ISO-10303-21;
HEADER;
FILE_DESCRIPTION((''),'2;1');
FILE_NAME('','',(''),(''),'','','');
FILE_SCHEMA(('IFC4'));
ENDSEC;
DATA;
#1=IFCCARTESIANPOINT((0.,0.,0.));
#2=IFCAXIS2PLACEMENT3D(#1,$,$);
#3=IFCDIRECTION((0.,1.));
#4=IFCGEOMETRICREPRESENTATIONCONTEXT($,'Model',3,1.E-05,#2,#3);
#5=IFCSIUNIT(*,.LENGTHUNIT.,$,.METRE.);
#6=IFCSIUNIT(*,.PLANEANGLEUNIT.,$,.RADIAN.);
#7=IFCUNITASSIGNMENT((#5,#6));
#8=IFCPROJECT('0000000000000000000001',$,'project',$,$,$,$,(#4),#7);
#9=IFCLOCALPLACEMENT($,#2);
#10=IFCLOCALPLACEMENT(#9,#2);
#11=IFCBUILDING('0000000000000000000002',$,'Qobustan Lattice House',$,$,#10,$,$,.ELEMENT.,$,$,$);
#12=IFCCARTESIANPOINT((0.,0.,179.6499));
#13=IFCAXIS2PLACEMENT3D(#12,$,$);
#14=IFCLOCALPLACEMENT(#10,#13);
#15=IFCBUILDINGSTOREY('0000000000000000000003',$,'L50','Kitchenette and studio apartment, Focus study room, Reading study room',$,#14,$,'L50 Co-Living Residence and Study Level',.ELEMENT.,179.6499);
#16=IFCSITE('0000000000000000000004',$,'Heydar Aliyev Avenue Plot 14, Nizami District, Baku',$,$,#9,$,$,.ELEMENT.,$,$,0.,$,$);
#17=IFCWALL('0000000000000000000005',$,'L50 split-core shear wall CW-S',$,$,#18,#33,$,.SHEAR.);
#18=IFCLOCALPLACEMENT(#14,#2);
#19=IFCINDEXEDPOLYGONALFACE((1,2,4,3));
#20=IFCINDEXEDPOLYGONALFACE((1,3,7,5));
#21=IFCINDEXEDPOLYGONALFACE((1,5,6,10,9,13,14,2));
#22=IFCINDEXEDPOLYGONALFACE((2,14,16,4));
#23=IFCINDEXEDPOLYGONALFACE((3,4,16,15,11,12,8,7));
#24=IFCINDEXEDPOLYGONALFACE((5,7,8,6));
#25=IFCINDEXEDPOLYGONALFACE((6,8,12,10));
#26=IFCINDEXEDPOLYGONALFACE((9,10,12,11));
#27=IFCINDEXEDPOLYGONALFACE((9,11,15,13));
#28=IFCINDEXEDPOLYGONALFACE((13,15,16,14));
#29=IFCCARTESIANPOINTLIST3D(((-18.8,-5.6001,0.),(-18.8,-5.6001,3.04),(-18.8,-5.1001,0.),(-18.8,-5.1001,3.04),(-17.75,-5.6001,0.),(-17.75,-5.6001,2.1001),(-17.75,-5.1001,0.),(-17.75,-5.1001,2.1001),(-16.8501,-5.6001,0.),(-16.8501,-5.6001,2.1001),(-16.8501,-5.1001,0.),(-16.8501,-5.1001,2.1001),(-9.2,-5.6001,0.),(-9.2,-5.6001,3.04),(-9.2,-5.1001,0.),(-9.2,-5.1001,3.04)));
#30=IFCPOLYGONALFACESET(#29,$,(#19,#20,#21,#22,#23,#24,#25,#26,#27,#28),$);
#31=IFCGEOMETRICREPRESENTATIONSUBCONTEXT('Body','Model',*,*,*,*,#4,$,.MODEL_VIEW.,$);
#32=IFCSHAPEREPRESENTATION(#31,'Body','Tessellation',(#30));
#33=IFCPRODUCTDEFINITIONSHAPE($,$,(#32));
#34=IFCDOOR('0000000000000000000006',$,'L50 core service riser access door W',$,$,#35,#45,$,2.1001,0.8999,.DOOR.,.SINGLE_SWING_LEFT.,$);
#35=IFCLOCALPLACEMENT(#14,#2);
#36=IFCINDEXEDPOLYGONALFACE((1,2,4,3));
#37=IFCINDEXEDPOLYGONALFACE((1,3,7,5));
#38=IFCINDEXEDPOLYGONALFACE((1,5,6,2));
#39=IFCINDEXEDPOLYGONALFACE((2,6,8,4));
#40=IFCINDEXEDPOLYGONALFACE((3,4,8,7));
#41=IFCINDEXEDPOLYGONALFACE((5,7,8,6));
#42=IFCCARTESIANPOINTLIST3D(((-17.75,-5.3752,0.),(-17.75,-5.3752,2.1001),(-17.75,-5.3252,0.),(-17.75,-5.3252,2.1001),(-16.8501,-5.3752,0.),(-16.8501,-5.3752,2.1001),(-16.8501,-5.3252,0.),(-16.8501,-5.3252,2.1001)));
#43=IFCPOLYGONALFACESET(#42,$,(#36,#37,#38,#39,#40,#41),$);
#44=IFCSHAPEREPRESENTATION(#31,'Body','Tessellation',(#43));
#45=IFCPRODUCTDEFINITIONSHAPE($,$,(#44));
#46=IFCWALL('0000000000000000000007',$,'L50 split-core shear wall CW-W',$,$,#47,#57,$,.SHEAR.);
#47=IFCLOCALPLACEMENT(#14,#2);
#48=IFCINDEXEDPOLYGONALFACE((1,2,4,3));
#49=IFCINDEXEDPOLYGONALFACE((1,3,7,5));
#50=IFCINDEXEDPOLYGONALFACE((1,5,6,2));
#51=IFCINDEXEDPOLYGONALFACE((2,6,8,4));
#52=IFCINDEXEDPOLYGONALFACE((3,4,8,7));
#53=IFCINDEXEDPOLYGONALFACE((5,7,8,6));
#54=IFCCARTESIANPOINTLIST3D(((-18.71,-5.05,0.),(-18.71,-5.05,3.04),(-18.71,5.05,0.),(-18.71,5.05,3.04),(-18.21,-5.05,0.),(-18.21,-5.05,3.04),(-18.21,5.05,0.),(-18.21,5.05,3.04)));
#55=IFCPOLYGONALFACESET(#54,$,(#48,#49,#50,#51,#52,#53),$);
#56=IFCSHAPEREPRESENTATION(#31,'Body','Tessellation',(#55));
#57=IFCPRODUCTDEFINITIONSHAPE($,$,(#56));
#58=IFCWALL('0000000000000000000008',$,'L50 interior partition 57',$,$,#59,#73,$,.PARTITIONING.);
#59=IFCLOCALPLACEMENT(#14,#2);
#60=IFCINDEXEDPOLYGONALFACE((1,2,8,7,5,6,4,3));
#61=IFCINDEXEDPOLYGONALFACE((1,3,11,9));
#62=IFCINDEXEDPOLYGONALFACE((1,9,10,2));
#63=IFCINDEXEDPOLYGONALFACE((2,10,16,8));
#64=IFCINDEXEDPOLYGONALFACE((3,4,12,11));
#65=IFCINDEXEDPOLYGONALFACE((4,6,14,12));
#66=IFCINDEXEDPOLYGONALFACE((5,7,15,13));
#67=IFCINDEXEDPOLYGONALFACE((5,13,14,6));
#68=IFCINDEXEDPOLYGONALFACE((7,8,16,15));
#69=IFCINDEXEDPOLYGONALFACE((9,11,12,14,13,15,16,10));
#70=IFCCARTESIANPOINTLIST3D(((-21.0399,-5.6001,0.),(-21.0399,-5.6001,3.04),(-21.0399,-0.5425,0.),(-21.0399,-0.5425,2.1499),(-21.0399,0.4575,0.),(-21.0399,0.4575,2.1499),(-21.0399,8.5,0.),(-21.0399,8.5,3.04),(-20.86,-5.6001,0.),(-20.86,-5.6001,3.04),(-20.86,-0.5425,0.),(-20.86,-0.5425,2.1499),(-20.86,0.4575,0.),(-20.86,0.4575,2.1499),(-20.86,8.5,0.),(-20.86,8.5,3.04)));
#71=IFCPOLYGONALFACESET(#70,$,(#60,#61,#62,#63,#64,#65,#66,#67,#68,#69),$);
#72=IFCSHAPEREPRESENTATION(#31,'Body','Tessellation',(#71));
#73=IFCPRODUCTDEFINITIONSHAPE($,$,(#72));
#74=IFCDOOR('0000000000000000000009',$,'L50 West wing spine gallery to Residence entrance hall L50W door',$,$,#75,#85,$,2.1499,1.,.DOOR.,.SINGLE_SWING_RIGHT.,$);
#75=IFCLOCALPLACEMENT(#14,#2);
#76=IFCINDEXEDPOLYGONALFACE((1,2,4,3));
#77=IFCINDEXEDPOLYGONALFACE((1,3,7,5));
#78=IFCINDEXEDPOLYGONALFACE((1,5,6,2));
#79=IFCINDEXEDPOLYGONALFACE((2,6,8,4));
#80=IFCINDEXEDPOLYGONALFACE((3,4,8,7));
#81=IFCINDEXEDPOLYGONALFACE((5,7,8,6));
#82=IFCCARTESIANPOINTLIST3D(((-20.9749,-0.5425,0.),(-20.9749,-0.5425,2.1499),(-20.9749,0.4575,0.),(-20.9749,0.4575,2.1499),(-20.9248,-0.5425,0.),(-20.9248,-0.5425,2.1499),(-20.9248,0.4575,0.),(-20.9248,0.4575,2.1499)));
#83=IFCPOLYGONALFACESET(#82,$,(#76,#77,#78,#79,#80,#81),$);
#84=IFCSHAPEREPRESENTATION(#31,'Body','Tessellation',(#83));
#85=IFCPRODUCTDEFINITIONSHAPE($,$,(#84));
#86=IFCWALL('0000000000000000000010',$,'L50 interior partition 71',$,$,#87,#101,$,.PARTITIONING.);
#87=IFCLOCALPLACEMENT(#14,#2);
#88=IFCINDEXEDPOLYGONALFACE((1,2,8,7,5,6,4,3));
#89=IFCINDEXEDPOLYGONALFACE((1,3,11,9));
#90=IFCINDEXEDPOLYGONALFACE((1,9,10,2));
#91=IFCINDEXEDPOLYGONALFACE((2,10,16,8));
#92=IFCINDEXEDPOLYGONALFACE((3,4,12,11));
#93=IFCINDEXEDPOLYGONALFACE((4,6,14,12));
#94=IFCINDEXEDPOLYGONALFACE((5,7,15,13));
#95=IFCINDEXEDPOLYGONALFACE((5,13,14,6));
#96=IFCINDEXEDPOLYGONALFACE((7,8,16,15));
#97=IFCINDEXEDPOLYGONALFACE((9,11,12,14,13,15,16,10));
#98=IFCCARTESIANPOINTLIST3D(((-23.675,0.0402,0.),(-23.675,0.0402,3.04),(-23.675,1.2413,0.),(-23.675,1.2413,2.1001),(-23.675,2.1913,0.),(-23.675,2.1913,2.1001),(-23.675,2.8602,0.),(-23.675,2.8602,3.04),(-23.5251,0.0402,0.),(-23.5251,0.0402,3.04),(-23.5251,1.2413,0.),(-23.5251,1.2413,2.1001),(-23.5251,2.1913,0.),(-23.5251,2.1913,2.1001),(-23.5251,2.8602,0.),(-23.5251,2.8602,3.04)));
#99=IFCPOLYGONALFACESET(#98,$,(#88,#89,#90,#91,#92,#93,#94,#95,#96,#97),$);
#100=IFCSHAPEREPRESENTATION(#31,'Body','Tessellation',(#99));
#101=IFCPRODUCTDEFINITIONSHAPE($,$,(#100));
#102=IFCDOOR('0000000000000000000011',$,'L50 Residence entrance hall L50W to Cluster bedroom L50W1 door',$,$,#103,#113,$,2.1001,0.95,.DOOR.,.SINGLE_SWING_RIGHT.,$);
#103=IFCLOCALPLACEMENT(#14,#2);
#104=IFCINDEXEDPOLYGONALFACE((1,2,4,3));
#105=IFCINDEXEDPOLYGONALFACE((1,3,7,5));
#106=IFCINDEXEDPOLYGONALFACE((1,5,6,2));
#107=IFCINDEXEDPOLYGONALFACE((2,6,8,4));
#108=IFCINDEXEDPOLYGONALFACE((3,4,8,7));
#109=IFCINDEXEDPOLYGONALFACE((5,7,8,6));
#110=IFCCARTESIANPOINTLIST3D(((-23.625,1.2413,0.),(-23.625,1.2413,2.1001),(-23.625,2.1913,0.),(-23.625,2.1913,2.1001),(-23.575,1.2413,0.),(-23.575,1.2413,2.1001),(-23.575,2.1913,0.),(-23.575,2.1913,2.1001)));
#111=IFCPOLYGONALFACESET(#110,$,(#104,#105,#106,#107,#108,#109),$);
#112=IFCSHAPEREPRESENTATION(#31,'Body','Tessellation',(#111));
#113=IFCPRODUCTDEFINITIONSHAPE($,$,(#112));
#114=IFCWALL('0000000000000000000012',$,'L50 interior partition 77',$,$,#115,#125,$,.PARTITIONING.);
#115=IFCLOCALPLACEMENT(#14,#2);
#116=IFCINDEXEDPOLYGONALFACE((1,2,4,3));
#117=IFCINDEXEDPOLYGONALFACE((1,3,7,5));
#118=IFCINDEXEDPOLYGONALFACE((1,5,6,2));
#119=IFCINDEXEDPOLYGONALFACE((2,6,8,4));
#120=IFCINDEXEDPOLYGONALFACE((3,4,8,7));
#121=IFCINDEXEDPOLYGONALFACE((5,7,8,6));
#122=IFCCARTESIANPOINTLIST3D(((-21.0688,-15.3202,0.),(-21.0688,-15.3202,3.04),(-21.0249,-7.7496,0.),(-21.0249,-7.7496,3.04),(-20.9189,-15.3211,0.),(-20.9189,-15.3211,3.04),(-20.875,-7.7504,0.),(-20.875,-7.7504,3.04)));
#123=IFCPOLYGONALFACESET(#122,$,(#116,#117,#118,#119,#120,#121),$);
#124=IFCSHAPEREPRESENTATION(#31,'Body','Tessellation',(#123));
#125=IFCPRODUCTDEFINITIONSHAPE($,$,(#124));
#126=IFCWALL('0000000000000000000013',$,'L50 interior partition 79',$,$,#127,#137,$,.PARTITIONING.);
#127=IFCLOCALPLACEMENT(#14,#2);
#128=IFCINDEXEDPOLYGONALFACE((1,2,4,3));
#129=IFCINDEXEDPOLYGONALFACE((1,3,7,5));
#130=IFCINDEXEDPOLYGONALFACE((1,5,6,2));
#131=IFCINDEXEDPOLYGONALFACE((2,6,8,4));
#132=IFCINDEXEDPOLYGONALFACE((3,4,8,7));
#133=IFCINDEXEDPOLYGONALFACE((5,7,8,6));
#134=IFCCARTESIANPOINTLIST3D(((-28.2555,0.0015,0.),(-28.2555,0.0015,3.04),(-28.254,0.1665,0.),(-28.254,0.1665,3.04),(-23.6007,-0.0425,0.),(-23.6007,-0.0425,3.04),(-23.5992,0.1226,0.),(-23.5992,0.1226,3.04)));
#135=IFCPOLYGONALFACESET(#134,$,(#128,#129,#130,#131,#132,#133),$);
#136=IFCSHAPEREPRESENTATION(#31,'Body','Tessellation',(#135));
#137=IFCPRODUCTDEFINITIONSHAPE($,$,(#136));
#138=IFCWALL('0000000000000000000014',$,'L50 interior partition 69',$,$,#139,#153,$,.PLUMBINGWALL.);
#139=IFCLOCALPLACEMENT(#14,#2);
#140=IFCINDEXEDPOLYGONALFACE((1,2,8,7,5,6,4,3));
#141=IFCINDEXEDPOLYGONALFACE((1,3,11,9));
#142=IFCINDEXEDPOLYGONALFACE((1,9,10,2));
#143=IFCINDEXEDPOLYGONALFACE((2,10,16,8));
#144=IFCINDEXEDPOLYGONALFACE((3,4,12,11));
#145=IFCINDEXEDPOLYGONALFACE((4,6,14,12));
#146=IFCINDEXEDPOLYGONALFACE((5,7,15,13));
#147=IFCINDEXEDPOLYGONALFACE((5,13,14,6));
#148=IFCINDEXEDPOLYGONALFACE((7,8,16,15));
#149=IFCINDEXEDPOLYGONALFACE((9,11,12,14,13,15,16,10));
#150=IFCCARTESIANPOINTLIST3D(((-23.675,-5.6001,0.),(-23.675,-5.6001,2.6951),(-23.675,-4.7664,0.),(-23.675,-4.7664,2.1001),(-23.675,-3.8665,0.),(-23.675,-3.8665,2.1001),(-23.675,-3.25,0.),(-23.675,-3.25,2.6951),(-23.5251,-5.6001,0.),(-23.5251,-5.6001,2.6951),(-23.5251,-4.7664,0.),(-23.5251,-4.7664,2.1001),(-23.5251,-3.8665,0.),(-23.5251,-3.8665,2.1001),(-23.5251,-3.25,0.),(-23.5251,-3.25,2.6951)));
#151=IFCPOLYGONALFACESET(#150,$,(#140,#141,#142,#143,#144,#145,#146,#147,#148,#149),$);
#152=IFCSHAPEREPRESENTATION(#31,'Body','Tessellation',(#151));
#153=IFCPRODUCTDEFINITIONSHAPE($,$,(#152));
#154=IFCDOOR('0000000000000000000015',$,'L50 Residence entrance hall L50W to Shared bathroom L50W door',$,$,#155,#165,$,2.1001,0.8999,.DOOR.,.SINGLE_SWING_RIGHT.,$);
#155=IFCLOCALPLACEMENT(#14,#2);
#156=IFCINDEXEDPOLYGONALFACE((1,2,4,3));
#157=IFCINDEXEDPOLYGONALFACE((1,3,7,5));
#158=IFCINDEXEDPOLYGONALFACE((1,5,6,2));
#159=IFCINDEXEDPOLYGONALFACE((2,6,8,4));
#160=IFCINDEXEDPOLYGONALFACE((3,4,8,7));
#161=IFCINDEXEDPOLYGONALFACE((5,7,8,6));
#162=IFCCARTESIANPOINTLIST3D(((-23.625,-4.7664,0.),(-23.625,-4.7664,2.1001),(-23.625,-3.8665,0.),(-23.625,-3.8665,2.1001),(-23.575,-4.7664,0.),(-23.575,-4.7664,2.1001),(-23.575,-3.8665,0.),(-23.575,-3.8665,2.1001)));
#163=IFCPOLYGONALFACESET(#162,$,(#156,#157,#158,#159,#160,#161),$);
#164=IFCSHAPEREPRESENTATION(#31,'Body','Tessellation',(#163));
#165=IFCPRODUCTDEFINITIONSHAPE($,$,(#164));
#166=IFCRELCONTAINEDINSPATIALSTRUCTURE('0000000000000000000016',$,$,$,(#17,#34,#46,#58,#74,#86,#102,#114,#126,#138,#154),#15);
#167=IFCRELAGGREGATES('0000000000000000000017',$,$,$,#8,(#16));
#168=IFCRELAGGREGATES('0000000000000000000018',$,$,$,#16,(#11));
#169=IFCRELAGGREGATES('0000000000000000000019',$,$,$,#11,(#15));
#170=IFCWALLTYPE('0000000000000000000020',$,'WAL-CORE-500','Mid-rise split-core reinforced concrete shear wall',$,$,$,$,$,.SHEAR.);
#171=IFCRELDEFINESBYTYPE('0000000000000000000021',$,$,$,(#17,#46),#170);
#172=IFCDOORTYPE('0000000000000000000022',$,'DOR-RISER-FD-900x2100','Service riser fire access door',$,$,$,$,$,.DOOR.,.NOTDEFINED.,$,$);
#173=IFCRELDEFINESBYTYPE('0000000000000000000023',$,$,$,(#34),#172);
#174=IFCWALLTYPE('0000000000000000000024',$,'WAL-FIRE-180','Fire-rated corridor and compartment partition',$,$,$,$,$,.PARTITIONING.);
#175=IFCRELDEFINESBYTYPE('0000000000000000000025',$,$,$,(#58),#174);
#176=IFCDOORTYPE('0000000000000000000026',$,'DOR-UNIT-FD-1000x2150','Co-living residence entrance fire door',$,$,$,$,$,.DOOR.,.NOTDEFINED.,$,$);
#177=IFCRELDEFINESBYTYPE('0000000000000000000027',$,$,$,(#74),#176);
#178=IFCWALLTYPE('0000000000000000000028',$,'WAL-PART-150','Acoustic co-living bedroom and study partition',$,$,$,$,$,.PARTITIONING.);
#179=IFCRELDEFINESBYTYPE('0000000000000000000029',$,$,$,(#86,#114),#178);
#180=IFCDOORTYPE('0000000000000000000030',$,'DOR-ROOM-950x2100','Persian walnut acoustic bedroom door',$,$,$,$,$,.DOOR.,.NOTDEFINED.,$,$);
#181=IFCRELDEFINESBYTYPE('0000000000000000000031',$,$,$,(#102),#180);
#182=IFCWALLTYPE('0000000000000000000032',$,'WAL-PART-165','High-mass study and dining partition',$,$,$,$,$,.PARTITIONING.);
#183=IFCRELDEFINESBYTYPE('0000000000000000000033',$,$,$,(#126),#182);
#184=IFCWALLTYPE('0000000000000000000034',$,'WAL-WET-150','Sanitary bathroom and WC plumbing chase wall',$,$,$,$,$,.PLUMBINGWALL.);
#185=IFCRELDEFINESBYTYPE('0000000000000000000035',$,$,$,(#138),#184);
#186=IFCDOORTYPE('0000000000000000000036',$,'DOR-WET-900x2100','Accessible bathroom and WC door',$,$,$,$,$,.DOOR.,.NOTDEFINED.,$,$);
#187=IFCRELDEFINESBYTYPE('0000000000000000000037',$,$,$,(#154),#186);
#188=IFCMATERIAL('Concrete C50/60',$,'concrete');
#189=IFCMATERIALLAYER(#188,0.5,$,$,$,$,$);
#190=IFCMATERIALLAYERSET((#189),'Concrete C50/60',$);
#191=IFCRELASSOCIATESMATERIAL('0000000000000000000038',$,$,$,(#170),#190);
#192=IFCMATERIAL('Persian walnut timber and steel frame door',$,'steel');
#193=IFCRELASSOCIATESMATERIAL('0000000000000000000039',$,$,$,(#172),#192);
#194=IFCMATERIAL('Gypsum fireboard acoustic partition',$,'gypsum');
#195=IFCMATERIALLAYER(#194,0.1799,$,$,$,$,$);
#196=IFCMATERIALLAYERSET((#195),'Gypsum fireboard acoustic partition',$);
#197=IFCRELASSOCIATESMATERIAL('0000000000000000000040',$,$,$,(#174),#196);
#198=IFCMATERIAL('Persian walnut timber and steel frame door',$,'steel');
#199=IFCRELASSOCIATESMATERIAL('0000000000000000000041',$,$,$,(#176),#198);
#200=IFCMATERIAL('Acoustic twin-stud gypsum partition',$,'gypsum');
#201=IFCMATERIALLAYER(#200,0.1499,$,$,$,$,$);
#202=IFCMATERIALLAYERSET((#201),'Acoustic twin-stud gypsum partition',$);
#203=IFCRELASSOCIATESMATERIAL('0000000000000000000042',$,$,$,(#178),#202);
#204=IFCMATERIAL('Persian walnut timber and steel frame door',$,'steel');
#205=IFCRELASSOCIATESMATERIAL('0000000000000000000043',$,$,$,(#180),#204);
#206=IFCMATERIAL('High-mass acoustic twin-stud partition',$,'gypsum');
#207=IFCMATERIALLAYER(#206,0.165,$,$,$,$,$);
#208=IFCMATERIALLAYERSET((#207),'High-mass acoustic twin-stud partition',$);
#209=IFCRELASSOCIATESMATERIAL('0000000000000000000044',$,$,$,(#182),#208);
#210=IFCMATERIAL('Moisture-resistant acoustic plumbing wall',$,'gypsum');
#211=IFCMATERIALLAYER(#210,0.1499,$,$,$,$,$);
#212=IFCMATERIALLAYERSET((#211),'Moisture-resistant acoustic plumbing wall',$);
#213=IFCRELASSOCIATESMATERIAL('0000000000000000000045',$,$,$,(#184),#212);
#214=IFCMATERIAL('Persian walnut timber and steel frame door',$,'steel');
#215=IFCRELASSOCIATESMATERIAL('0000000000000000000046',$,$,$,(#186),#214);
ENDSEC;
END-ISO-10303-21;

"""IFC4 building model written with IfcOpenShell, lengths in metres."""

from ifc_helpers import new_model, si_unit, direction, frame, frame_2d, origin, place, context, subcontext, project, spatial, rectangle, extrude, material, layer, layer_set, type_object, element, fill, save


model = new_model("IFC4")

# Units and contexts
model_context = context("Model", 3, precision=1e-05, world=origin(), true_north=direction((0.0, 1.0)))
body_context = subcontext(model_context, "Body", "Model", "MODEL_VIEW")
ifc_project = project(units=[si_unit("LENGTHUNIT", "METRE"), si_unit("PLANEANGLEUNIT", "RADIAN")], contexts=[model_context])

# Site, building, storey
site_placement = place(None, origin())
site = spatial("IfcSite", under=ifc_project, at=site_placement, Name="Heydar Aliyev Avenue Plot 14, Nizami District, Baku", CompositionType="ELEMENT", RefElevation=0.0)
building_placement = place(site_placement, origin())
building = spatial("IfcBuilding", under=site, at=building_placement, Name="Qobustan Lattice House", CompositionType="ELEMENT")
storey_placement = place(building_placement, frame((0.0, 0.0, 179.6499)))
storey = spatial("IfcBuildingStorey", under=building, at=storey_placement, Name="L50", Description="Kitchenette and studio apartment, Focus study room, Reading study room", LongName="L50 Co-Living Residence and Study Level", CompositionType="ELEMENT", Elevation=179.6499)

# Wall, opening, door
ifc_material_1 = material(Name="Concrete C50/60", Category="concrete")
ifc_layer_1 = layer(ifc_material_1, 0.5)
ifc_layer_set_1 = layer_set([ifc_layer_1], Name="Concrete C50/60")
wall_type_1 = type_object("IfcWallType", Name="WAL-CORE-500", Description="Mid-rise split-core reinforced concrete shear wall", PredefinedType="SHEAR", material=ifc_layer_set_1)
wall_1_placement = place(storey_placement, frame((-18.8, -5.3501, 0.0), z_axis=(0.0, 0.0, 1.0), x_axis=(1.0, 0.0, 0.0)))
wall_1 = element("IfcWall", 1, at=wall_1_placement, inside=storey, type_object=wall_type_1, Name="L50 split-core shear wall CW-S", PredefinedType="SHEAR", context=body_context, shape_type="SweptSolid", body=[
    extrude(rectangle(XDim=9.6001, YDim=0.5, at=frame_2d((4.8, 0.0))), origin(), (0.0, 0.0, 1.0), 3.04),
])
opening_1_placement = place(wall_1_placement, frame((1.05, 0.0, 0.0)))
opening_1 = element("IfcOpeningElement", 2, at=opening_1_placement, cuts=wall_1, PredefinedType="OPENING", context=body_context, shape_type="SweptSolid", body=[
    extrude(rectangle(XDim=0.8999, YDim=2.1001, at=frame_2d((0.45, 1.05))), frame((0.0, 0.26, 0.0), z_axis=(0.0, -1.0, 0.0), x_axis=(1.0, 0.0, 0.0)), (0.0, 0.0, 1.0), 0.52),
])
ifc_material_2 = material(Name="Persian walnut timber and steel frame door", Category="steel")
door_type_1 = type_object("IfcDoorType", Name="DOR-RISER-FD-900x2100", Description="Service riser fire access door", OperationType="NOTDEFINED", PredefinedType="DOOR", material=ifc_material_2)
door_1_placement = place(opening_1_placement, origin())
door_1 = element("IfcDoor", 3, at=door_1_placement, inside=storey, type_object=door_type_1, Name="L50 core service riser access door W", OperationType="SINGLE_SWING_LEFT", OverallHeight=2.1001, OverallWidth=0.8999, PredefinedType="DOOR", context=body_context, shape_type="SweptSolid", body=[
    extrude(rectangle(XDim=0.8999, YDim=2.1001, at=frame_2d((0.45, 1.05))), frame((0.0, 0.0249, 0.0), z_axis=(0.0, -1.0, 0.0), x_axis=(1.0, 0.0, 0.0)), (0.0, 0.0, 1.0), 0.05),
])
fill(opening_1, door_1)

# Wall
wall_2_placement = place(storey_placement, frame((-18.46, -5.05, 0.0), z_axis=(0.0, 0.0, 1.0), x_axis=(0.0, 1.0, 0.0)))
element("IfcWall", 4, at=wall_2_placement, inside=storey, type_object=wall_type_1, Name="L50 split-core shear wall CW-W", PredefinedType="SHEAR", context=body_context, shape_type="SweptSolid", body=[
    extrude(rectangle(XDim=10.1001, YDim=0.5, at=frame_2d((5.05, 0.0))), origin(), (0.0, 0.0, 1.0), 3.04),
])

# Walls, openings, doors
ifc_material_3 = material(Name="Gypsum fireboard acoustic partition", Category="gypsum")
ifc_layer_2 = layer(ifc_material_3, 0.1799)
ifc_layer_set_2 = layer_set([ifc_layer_2], Name="Gypsum fireboard acoustic partition")
wall_type_2 = type_object("IfcWallType", Name="WAL-FIRE-180", Description="Fire-rated corridor and compartment partition", PredefinedType="PARTITIONING", material=ifc_layer_set_2)
wall_3_placement = place(storey_placement, frame((-20.95, -5.6001, 0.0), z_axis=(0.0, 0.0, 1.0), x_axis=(0.0, 1.0, 0.0)))
wall_3 = element("IfcWall", 5, at=wall_3_placement, inside=storey, type_object=wall_type_2, Name="L50 interior partition 57", PredefinedType="PARTITIONING", context=body_context, shape_type="SweptSolid", body=[
    extrude(rectangle(XDim=14.1001, YDim=0.1799, at=frame_2d((7.05, 0.0))), origin(), (0.0, 0.0, 1.0), 3.04),
])
opening_2_placement = place(wall_3_placement, frame((5.0576, 0.0, 0.0)))
opening_2 = element("IfcOpeningElement", 6, at=opening_2_placement, cuts=wall_3, PredefinedType="OPENING", context=body_context, shape_type="SweptSolid", body=[
    extrude(rectangle(XDim=1.0, YDim=2.1499, at=frame_2d((0.5, 1.075))), frame((0.0, 0.0999, 0.0), z_axis=(0.0, -1.0, 0.0), x_axis=(1.0, 0.0, 0.0)), (0.0, 0.0, 1.0), 0.2),
])
ifc_material_4 = material(Name="Persian walnut timber and steel frame door", Category="steel")
door_type_2 = type_object("IfcDoorType", Name="DOR-UNIT-FD-1000x2150", Description="Co-living residence entrance fire door", OperationType="NOTDEFINED", PredefinedType="DOOR", material=ifc_material_4)
door_2_placement = place(opening_2_placement, origin())
door_2 = element("IfcDoor", 7, at=door_2_placement, inside=storey, type_object=door_type_2, Name="L50 West wing spine gallery to Residence entrance hall L50W door", OperationType="SINGLE_SWING_RIGHT", OverallHeight=2.1499, OverallWidth=1.0, PredefinedType="DOOR", context=body_context, shape_type="SweptSolid", body=[
    extrude(rectangle(XDim=1.0, YDim=2.1499, at=frame_2d((0.5, 1.075))), frame((0.0, 0.0249, 0.0), z_axis=(0.0, -1.0, 0.0), x_axis=(1.0, 0.0, 0.0)), (0.0, 0.0, 1.0), 0.05),
])
fill(opening_2, door_2)
ifc_material_5 = material(Name="Acoustic twin-stud gypsum partition", Category="gypsum")
ifc_layer_3 = layer(ifc_material_5, 0.1499)
ifc_layer_set_3 = layer_set([ifc_layer_3], Name="Acoustic twin-stud gypsum partition")
wall_type_3 = type_object("IfcWallType", Name="WAL-PART-150", Description="Acoustic co-living bedroom and study partition", PredefinedType="PARTITIONING", material=ifc_layer_set_3)
wall_4_placement = place(storey_placement, frame((-23.6001, 0.04, 0.0), z_axis=(0.0, 0.0, 1.0), x_axis=(0.0, 1.0, 0.0)))
wall_4 = element("IfcWall", 8, at=wall_4_placement, inside=storey, type_object=wall_type_3, Name="L50 interior partition 71", PredefinedType="PARTITIONING", context=body_context, shape_type="SweptSolid", body=[
    extrude(rectangle(XDim=2.8201, YDim=0.1499, at=frame_2d((1.4102, 0.0))), origin(), (0.0, 0.0, 1.0), 3.04),
])
opening_3_placement = place(wall_4_placement, frame((1.2012, 0.0, 0.0)))
opening_3 = element("IfcOpeningElement", 9, at=opening_3_placement, cuts=wall_4, PredefinedType="OPENING", context=body_context, shape_type="SweptSolid", body=[
    extrude(rectangle(XDim=0.95, YDim=2.1001, at=frame_2d((0.4751, 1.05))), frame((0.0, 0.085, 0.0), z_axis=(0.0, -1.0, 0.0), x_axis=(1.0, 0.0, 0.0)), (0.0, 0.0, 1.0), 0.1699),
])
ifc_material_6 = material(Name="Persian walnut timber and steel frame door", Category="steel")
door_type_3 = type_object("IfcDoorType", Name="DOR-ROOM-950x2100", Description="Persian walnut acoustic bedroom door", OperationType="NOTDEFINED", PredefinedType="DOOR", material=ifc_material_6)
door_3_placement = place(opening_3_placement, origin())
door_3 = element("IfcDoor", 10, at=door_3_placement, inside=storey, type_object=door_type_3, Name="L50 Residence entrance hall L50W to Cluster bedroom L50W1 door", OperationType="SINGLE_SWING_RIGHT", OverallHeight=2.1001, OverallWidth=0.95, PredefinedType="DOOR", context=body_context, shape_type="SweptSolid", body=[
    extrude(rectangle(XDim=0.95, YDim=2.1001, at=frame_2d((0.4751, 1.05))), frame((0.0, 0.0249, 0.0), z_axis=(0.0, -1.0, 0.0), x_axis=(1.0, 0.0, 0.0)), (0.0, 0.0, 1.0), 0.05),
])
fill(opening_3, door_3)

# Wall
wall_5_placement = place(storey_placement, frame((-20.95, -7.75, 0.0), z_axis=(0.0, 0.0, 1.0), x_axis=(-0.005805, -0.999983, 0.0)))
element("IfcWall", 11, at=wall_5_placement, inside=storey, type_object=wall_type_3, Name="L50 interior partition 77", PredefinedType="PARTITIONING", context=body_context, shape_type="SweptSolid", body=[
    extrude(rectangle(XDim=7.5708, YDim=0.1499, at=frame_2d((3.7854, 0.0))), origin(), (0.0, 0.0, 1.0), 3.04),
])

# Shared definitions
ifc_material_7 = material(Name="High-mass acoustic twin-stud partition", Category="gypsum")
ifc_layer_4 = layer(ifc_material_7, 0.165)
ifc_layer_set_4 = layer_set([ifc_layer_4], Name="High-mass acoustic twin-stud partition")
wall_type_4 = type_object("IfcWallType", Name="WAL-PART-165", Description="High-mass study and dining partition", PredefinedType="PARTITIONING", material=ifc_layer_set_4)

# Wall
wall_6_placement = place(storey_placement, frame((-28.2549, 0.084, 0.0), z_axis=(0.0, 0.0, 1.0), x_axis=(0.999955, -0.00944, 0.0)))
element("IfcWall", 12, at=wall_6_placement, inside=storey, type_object=wall_type_4, Name="L50 interior partition 79", PredefinedType="PARTITIONING", context=body_context, shape_type="SweptSolid", body=[
    extrude(rectangle(XDim=4.655, YDim=0.165, at=frame_2d((2.3276, 0.0))), origin(), (0.0, 0.0, 1.0), 3.04),
])

# Wall, opening, door
ifc_material_8 = material(Name="Moisture-resistant acoustic plumbing wall", Category="gypsum")
ifc_layer_5 = layer(ifc_material_8, 0.1499)
ifc_layer_set_5 = layer_set([ifc_layer_5], Name="Moisture-resistant acoustic plumbing wall")
wall_type_5 = type_object("IfcWallType", Name="WAL-WET-150", Description="Sanitary bathroom and WC plumbing chase wall", PredefinedType="PLUMBINGWALL", material=ifc_layer_set_5)
wall_7_placement = place(storey_placement, frame((-23.6001, -5.6001, 0.0), z_axis=(0.0, 0.0, 1.0), x_axis=(0.0, 1.0, 0.0)))
wall_7 = element("IfcWall", 13, at=wall_7_placement, inside=storey, type_object=wall_type_5, Name="L50 interior partition 69", PredefinedType="PLUMBINGWALL", context=body_context, shape_type="SweptSolid", body=[
    extrude(rectangle(XDim=2.3501, YDim=0.1499, at=frame_2d((1.175, 0.0))), origin(), (0.0, 0.0, 1.0), 2.6951),
])
opening_4_placement = place(wall_7_placement, frame((0.8337, 0.0, 0.0)))
opening_4 = element("IfcOpeningElement", 14, at=opening_4_placement, cuts=wall_7, PredefinedType="OPENING", context=body_context, shape_type="SweptSolid", body=[
    extrude(rectangle(XDim=0.8999, YDim=2.1001, at=frame_2d((0.45, 1.05))), frame((0.0, 0.085, 0.0), z_axis=(0.0, -1.0, 0.0), x_axis=(1.0, 0.0, 0.0)), (0.0, 0.0, 1.0), 0.1699),
])
ifc_material_9 = material(Name="Persian walnut timber and steel frame door", Category="steel")
door_type_4 = type_object("IfcDoorType", Name="DOR-WET-900x2100", Description="Accessible bathroom and WC door", OperationType="NOTDEFINED", PredefinedType="DOOR", material=ifc_material_9)
door_4_placement = place(opening_4_placement, origin())
door_4 = element("IfcDoor", 15, at=door_4_placement, inside=storey, type_object=door_type_4, Name="L50 Residence entrance hall L50W to Shared bathroom L50W door", OperationType="SINGLE_SWING_RIGHT", OverallHeight=2.1001, OverallWidth=0.8999, PredefinedType="DOOR", context=body_context, shape_type="SweptSolid", body=[
    extrude(rectangle(XDim=0.8999, YDim=2.1001, at=frame_2d((0.45, 1.05))), frame((0.0, 0.0249, 0.0), z_axis=(0.0, -1.0, 0.0), x_axis=(1.0, 0.0, 0.0)), (0.0, 0.0, 1.0), 0.05),
])
fill(opening_4, door_4)

save(model, "model.ifc")
